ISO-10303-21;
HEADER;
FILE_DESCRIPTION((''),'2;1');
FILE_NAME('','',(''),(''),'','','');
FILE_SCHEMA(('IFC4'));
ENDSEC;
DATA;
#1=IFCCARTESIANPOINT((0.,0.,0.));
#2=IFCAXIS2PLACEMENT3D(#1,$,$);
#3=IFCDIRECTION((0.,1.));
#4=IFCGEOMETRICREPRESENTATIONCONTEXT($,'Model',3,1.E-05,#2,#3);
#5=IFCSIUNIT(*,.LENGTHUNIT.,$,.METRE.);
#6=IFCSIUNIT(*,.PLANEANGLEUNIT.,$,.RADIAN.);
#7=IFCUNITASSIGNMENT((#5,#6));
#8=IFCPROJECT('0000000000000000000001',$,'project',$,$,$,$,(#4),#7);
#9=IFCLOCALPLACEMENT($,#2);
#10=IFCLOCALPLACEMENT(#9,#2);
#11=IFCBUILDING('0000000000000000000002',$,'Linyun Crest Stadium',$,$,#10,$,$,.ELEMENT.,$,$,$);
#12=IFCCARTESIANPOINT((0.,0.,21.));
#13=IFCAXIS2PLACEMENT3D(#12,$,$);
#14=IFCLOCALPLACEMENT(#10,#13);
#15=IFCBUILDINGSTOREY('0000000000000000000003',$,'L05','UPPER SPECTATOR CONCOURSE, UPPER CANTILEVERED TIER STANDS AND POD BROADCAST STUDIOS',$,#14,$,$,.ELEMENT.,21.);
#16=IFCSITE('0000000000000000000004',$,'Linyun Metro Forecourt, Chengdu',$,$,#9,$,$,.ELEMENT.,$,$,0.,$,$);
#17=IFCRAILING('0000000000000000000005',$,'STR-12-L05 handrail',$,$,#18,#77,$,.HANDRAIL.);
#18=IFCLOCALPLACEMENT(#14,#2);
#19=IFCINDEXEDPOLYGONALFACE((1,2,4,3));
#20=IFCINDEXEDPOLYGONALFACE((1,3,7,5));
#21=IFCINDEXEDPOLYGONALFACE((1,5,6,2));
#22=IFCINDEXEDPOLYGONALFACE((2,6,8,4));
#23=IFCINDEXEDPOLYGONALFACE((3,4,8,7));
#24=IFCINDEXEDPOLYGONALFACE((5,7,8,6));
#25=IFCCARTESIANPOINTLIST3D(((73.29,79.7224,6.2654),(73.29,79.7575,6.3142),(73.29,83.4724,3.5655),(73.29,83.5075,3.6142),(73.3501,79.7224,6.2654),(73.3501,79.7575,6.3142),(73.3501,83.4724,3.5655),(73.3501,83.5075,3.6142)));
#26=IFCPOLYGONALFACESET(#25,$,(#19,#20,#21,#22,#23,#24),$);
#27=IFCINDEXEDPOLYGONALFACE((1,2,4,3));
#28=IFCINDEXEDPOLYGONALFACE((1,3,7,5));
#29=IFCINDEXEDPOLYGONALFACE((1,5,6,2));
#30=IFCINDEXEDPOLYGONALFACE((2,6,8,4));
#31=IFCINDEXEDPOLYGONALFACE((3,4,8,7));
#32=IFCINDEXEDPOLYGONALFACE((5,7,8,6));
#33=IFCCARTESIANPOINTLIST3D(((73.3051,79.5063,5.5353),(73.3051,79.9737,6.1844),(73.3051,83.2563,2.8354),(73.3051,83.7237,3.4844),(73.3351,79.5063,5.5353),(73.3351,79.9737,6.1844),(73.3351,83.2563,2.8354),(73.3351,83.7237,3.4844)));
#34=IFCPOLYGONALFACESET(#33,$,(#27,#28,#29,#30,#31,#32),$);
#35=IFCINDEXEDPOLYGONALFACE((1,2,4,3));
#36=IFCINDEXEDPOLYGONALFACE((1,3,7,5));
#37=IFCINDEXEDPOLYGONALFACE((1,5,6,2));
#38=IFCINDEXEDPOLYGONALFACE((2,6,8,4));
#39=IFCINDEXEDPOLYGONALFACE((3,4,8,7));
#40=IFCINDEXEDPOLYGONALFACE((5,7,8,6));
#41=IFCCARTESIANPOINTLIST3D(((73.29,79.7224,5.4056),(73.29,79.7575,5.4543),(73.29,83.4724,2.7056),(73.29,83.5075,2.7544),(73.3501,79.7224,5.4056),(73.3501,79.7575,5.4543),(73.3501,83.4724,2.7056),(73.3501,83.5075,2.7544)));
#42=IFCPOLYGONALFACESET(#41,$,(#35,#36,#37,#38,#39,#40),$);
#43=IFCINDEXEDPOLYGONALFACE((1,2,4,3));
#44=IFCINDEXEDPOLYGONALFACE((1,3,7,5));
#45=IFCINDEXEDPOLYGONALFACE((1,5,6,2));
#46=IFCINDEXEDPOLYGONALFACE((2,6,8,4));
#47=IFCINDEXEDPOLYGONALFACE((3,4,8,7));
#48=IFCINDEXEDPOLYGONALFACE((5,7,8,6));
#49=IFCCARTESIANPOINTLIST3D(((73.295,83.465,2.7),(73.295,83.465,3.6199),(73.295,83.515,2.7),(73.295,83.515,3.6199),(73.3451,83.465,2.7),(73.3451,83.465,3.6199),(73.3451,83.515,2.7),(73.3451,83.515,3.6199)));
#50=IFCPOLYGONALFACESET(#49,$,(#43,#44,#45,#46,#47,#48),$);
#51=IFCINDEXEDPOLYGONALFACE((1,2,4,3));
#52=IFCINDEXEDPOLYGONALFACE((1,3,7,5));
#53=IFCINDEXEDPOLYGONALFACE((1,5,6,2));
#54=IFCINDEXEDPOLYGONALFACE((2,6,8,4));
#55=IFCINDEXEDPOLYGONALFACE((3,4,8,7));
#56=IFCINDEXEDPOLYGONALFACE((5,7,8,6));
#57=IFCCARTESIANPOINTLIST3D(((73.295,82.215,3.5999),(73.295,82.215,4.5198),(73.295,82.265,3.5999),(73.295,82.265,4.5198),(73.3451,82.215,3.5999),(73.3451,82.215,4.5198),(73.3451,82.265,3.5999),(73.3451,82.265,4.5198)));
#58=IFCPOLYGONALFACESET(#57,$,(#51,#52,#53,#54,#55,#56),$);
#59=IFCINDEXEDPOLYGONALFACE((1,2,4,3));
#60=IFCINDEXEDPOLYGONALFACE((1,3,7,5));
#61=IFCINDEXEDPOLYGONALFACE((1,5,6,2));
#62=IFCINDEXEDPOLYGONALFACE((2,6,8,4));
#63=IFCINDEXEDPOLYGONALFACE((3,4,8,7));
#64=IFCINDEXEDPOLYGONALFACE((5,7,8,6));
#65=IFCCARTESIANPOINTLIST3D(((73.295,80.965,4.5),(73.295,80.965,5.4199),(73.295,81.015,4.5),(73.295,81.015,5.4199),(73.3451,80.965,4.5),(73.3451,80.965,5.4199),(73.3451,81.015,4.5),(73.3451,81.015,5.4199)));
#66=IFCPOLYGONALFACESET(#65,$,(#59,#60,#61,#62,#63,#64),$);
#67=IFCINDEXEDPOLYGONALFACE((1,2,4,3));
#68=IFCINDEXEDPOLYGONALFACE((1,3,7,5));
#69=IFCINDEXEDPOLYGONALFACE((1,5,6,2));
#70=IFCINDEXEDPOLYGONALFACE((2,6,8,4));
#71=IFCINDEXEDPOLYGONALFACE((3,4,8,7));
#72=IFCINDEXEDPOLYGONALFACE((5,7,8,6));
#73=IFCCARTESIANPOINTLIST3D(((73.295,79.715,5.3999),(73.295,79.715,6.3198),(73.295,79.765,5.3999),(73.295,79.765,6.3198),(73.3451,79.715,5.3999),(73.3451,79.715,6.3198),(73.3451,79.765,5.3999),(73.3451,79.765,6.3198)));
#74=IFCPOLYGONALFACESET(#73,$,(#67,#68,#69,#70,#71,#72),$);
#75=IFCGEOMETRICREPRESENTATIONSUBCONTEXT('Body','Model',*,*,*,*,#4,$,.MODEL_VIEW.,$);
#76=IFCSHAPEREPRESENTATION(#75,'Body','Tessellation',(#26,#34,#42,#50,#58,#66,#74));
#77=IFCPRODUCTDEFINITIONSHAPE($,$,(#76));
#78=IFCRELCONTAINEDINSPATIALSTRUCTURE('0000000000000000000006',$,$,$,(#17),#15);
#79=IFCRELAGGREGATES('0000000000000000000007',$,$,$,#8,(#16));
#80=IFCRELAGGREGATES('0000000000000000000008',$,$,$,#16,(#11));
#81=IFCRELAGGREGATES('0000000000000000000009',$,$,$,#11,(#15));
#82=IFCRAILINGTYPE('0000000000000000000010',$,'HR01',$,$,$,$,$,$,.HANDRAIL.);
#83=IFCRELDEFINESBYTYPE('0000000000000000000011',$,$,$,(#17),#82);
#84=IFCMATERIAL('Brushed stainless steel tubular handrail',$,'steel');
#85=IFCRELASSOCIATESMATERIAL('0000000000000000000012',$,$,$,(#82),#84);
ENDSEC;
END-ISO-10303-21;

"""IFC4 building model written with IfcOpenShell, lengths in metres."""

from ifc_helpers import new_model, si_unit, direction, frame, origin, origin_2d, place, context, subcontext, project, spatial, rectangle, extrude, material, type_object, element, save


model = new_model("IFC4")

# Units and contexts
model_context = context("Model", 3, precision=1e-05, world=origin(), true_north=direction((0.0, 1.0)))
body_context = subcontext(model_context, "Body", "Model", "MODEL_VIEW")
ifc_project = project(units=[si_unit("LENGTHUNIT", "METRE"), si_unit("PLANEANGLEUNIT", "RADIAN")], contexts=[model_context])

# Site, building, storey
site_placement = place(None, origin())
site = spatial("IfcSite", under=ifc_project, at=site_placement, Name="Linyun Metro Forecourt, Chengdu", CompositionType="ELEMENT", RefElevation=0.0)
building_placement = place(site_placement, origin())
building = spatial("IfcBuilding", under=site, at=building_placement, Name="Linyun Crest Stadium", CompositionType="ELEMENT")
storey_placement = place(building_placement, frame((0.0, 0.0, 21.0)))
storey = spatial("IfcBuildingStorey", under=building, at=storey_placement, Name="L05", Description="UPPER SPECTATOR CONCOURSE, UPPER CANTILEVERED TIER STANDS AND POD BROADCAST STUDIOS", CompositionType="ELEMENT", Elevation=21.0)

# Railing
ifc_material_1 = material(Name="Brushed stainless steel tubular handrail", Category="steel")
railing_type_1 = type_object("IfcRailingType", Name="HR01", PredefinedType="HANDRAIL", material=ifc_material_1)
railing_1_placement = place(storey_placement, frame((73.3201, 83.49, 2.7)))
element("IfcRailing", 1, at=railing_1_placement, inside=storey, type_object=railing_type_1, Name="STR-12-L05 handrail", PredefinedType="HANDRAIL", context=body_context, shape_type="SweptSolid", body=[
    extrude(rectangle(XDim=0.0601, YDim=0.0601, at=origin_2d()), frame((0.0, 0.0, 0.8899), z_axis=(0.0, -0.811539, 0.584298), x_axis=(1.0, 0.0, 0.0)), (0.0, 0.0, 1.0), 4.6208),
    extrude(rectangle(XDim=0.03, YDim=0.7998, at=origin_2d()), frame((0.0, 0.0, 0.46), z_axis=(0.0, -0.811539, 0.584298), x_axis=(1.0, 0.0, 0.0)), (0.0, 0.0, 1.0), 4.6208),
    extrude(rectangle(XDim=0.0601, YDim=0.0601, at=origin_2d()), frame((0.0, 0.0, 0.03), z_axis=(0.0, -0.811539, 0.584298), x_axis=(1.0, 0.0, 0.0)), (0.0, 0.0, 1.0), 4.6208),
    extrude(rectangle(XDim=0.05, YDim=0.05, at=origin_2d()), origin(), (0.0, 0.0, 1.0), 0.9199),
    extrude(rectangle(XDim=0.05, YDim=0.05, at=origin_2d()), frame((0.0, -1.25, 0.8999)), (0.0, 0.0, 1.0), 0.9199),
    extrude(rectangle(XDim=0.05, YDim=0.05, at=origin_2d()), frame((0.0, -2.5, 1.8)), (0.0, 0.0, 1.0), 0.9199),
    extrude(rectangle(XDim=0.05, YDim=0.05, at=origin_2d()), frame((0.0, -3.75, 2.7)), (0.0, 0.0, 1.0), 0.9199),
])

save(model, "model.ifc")
